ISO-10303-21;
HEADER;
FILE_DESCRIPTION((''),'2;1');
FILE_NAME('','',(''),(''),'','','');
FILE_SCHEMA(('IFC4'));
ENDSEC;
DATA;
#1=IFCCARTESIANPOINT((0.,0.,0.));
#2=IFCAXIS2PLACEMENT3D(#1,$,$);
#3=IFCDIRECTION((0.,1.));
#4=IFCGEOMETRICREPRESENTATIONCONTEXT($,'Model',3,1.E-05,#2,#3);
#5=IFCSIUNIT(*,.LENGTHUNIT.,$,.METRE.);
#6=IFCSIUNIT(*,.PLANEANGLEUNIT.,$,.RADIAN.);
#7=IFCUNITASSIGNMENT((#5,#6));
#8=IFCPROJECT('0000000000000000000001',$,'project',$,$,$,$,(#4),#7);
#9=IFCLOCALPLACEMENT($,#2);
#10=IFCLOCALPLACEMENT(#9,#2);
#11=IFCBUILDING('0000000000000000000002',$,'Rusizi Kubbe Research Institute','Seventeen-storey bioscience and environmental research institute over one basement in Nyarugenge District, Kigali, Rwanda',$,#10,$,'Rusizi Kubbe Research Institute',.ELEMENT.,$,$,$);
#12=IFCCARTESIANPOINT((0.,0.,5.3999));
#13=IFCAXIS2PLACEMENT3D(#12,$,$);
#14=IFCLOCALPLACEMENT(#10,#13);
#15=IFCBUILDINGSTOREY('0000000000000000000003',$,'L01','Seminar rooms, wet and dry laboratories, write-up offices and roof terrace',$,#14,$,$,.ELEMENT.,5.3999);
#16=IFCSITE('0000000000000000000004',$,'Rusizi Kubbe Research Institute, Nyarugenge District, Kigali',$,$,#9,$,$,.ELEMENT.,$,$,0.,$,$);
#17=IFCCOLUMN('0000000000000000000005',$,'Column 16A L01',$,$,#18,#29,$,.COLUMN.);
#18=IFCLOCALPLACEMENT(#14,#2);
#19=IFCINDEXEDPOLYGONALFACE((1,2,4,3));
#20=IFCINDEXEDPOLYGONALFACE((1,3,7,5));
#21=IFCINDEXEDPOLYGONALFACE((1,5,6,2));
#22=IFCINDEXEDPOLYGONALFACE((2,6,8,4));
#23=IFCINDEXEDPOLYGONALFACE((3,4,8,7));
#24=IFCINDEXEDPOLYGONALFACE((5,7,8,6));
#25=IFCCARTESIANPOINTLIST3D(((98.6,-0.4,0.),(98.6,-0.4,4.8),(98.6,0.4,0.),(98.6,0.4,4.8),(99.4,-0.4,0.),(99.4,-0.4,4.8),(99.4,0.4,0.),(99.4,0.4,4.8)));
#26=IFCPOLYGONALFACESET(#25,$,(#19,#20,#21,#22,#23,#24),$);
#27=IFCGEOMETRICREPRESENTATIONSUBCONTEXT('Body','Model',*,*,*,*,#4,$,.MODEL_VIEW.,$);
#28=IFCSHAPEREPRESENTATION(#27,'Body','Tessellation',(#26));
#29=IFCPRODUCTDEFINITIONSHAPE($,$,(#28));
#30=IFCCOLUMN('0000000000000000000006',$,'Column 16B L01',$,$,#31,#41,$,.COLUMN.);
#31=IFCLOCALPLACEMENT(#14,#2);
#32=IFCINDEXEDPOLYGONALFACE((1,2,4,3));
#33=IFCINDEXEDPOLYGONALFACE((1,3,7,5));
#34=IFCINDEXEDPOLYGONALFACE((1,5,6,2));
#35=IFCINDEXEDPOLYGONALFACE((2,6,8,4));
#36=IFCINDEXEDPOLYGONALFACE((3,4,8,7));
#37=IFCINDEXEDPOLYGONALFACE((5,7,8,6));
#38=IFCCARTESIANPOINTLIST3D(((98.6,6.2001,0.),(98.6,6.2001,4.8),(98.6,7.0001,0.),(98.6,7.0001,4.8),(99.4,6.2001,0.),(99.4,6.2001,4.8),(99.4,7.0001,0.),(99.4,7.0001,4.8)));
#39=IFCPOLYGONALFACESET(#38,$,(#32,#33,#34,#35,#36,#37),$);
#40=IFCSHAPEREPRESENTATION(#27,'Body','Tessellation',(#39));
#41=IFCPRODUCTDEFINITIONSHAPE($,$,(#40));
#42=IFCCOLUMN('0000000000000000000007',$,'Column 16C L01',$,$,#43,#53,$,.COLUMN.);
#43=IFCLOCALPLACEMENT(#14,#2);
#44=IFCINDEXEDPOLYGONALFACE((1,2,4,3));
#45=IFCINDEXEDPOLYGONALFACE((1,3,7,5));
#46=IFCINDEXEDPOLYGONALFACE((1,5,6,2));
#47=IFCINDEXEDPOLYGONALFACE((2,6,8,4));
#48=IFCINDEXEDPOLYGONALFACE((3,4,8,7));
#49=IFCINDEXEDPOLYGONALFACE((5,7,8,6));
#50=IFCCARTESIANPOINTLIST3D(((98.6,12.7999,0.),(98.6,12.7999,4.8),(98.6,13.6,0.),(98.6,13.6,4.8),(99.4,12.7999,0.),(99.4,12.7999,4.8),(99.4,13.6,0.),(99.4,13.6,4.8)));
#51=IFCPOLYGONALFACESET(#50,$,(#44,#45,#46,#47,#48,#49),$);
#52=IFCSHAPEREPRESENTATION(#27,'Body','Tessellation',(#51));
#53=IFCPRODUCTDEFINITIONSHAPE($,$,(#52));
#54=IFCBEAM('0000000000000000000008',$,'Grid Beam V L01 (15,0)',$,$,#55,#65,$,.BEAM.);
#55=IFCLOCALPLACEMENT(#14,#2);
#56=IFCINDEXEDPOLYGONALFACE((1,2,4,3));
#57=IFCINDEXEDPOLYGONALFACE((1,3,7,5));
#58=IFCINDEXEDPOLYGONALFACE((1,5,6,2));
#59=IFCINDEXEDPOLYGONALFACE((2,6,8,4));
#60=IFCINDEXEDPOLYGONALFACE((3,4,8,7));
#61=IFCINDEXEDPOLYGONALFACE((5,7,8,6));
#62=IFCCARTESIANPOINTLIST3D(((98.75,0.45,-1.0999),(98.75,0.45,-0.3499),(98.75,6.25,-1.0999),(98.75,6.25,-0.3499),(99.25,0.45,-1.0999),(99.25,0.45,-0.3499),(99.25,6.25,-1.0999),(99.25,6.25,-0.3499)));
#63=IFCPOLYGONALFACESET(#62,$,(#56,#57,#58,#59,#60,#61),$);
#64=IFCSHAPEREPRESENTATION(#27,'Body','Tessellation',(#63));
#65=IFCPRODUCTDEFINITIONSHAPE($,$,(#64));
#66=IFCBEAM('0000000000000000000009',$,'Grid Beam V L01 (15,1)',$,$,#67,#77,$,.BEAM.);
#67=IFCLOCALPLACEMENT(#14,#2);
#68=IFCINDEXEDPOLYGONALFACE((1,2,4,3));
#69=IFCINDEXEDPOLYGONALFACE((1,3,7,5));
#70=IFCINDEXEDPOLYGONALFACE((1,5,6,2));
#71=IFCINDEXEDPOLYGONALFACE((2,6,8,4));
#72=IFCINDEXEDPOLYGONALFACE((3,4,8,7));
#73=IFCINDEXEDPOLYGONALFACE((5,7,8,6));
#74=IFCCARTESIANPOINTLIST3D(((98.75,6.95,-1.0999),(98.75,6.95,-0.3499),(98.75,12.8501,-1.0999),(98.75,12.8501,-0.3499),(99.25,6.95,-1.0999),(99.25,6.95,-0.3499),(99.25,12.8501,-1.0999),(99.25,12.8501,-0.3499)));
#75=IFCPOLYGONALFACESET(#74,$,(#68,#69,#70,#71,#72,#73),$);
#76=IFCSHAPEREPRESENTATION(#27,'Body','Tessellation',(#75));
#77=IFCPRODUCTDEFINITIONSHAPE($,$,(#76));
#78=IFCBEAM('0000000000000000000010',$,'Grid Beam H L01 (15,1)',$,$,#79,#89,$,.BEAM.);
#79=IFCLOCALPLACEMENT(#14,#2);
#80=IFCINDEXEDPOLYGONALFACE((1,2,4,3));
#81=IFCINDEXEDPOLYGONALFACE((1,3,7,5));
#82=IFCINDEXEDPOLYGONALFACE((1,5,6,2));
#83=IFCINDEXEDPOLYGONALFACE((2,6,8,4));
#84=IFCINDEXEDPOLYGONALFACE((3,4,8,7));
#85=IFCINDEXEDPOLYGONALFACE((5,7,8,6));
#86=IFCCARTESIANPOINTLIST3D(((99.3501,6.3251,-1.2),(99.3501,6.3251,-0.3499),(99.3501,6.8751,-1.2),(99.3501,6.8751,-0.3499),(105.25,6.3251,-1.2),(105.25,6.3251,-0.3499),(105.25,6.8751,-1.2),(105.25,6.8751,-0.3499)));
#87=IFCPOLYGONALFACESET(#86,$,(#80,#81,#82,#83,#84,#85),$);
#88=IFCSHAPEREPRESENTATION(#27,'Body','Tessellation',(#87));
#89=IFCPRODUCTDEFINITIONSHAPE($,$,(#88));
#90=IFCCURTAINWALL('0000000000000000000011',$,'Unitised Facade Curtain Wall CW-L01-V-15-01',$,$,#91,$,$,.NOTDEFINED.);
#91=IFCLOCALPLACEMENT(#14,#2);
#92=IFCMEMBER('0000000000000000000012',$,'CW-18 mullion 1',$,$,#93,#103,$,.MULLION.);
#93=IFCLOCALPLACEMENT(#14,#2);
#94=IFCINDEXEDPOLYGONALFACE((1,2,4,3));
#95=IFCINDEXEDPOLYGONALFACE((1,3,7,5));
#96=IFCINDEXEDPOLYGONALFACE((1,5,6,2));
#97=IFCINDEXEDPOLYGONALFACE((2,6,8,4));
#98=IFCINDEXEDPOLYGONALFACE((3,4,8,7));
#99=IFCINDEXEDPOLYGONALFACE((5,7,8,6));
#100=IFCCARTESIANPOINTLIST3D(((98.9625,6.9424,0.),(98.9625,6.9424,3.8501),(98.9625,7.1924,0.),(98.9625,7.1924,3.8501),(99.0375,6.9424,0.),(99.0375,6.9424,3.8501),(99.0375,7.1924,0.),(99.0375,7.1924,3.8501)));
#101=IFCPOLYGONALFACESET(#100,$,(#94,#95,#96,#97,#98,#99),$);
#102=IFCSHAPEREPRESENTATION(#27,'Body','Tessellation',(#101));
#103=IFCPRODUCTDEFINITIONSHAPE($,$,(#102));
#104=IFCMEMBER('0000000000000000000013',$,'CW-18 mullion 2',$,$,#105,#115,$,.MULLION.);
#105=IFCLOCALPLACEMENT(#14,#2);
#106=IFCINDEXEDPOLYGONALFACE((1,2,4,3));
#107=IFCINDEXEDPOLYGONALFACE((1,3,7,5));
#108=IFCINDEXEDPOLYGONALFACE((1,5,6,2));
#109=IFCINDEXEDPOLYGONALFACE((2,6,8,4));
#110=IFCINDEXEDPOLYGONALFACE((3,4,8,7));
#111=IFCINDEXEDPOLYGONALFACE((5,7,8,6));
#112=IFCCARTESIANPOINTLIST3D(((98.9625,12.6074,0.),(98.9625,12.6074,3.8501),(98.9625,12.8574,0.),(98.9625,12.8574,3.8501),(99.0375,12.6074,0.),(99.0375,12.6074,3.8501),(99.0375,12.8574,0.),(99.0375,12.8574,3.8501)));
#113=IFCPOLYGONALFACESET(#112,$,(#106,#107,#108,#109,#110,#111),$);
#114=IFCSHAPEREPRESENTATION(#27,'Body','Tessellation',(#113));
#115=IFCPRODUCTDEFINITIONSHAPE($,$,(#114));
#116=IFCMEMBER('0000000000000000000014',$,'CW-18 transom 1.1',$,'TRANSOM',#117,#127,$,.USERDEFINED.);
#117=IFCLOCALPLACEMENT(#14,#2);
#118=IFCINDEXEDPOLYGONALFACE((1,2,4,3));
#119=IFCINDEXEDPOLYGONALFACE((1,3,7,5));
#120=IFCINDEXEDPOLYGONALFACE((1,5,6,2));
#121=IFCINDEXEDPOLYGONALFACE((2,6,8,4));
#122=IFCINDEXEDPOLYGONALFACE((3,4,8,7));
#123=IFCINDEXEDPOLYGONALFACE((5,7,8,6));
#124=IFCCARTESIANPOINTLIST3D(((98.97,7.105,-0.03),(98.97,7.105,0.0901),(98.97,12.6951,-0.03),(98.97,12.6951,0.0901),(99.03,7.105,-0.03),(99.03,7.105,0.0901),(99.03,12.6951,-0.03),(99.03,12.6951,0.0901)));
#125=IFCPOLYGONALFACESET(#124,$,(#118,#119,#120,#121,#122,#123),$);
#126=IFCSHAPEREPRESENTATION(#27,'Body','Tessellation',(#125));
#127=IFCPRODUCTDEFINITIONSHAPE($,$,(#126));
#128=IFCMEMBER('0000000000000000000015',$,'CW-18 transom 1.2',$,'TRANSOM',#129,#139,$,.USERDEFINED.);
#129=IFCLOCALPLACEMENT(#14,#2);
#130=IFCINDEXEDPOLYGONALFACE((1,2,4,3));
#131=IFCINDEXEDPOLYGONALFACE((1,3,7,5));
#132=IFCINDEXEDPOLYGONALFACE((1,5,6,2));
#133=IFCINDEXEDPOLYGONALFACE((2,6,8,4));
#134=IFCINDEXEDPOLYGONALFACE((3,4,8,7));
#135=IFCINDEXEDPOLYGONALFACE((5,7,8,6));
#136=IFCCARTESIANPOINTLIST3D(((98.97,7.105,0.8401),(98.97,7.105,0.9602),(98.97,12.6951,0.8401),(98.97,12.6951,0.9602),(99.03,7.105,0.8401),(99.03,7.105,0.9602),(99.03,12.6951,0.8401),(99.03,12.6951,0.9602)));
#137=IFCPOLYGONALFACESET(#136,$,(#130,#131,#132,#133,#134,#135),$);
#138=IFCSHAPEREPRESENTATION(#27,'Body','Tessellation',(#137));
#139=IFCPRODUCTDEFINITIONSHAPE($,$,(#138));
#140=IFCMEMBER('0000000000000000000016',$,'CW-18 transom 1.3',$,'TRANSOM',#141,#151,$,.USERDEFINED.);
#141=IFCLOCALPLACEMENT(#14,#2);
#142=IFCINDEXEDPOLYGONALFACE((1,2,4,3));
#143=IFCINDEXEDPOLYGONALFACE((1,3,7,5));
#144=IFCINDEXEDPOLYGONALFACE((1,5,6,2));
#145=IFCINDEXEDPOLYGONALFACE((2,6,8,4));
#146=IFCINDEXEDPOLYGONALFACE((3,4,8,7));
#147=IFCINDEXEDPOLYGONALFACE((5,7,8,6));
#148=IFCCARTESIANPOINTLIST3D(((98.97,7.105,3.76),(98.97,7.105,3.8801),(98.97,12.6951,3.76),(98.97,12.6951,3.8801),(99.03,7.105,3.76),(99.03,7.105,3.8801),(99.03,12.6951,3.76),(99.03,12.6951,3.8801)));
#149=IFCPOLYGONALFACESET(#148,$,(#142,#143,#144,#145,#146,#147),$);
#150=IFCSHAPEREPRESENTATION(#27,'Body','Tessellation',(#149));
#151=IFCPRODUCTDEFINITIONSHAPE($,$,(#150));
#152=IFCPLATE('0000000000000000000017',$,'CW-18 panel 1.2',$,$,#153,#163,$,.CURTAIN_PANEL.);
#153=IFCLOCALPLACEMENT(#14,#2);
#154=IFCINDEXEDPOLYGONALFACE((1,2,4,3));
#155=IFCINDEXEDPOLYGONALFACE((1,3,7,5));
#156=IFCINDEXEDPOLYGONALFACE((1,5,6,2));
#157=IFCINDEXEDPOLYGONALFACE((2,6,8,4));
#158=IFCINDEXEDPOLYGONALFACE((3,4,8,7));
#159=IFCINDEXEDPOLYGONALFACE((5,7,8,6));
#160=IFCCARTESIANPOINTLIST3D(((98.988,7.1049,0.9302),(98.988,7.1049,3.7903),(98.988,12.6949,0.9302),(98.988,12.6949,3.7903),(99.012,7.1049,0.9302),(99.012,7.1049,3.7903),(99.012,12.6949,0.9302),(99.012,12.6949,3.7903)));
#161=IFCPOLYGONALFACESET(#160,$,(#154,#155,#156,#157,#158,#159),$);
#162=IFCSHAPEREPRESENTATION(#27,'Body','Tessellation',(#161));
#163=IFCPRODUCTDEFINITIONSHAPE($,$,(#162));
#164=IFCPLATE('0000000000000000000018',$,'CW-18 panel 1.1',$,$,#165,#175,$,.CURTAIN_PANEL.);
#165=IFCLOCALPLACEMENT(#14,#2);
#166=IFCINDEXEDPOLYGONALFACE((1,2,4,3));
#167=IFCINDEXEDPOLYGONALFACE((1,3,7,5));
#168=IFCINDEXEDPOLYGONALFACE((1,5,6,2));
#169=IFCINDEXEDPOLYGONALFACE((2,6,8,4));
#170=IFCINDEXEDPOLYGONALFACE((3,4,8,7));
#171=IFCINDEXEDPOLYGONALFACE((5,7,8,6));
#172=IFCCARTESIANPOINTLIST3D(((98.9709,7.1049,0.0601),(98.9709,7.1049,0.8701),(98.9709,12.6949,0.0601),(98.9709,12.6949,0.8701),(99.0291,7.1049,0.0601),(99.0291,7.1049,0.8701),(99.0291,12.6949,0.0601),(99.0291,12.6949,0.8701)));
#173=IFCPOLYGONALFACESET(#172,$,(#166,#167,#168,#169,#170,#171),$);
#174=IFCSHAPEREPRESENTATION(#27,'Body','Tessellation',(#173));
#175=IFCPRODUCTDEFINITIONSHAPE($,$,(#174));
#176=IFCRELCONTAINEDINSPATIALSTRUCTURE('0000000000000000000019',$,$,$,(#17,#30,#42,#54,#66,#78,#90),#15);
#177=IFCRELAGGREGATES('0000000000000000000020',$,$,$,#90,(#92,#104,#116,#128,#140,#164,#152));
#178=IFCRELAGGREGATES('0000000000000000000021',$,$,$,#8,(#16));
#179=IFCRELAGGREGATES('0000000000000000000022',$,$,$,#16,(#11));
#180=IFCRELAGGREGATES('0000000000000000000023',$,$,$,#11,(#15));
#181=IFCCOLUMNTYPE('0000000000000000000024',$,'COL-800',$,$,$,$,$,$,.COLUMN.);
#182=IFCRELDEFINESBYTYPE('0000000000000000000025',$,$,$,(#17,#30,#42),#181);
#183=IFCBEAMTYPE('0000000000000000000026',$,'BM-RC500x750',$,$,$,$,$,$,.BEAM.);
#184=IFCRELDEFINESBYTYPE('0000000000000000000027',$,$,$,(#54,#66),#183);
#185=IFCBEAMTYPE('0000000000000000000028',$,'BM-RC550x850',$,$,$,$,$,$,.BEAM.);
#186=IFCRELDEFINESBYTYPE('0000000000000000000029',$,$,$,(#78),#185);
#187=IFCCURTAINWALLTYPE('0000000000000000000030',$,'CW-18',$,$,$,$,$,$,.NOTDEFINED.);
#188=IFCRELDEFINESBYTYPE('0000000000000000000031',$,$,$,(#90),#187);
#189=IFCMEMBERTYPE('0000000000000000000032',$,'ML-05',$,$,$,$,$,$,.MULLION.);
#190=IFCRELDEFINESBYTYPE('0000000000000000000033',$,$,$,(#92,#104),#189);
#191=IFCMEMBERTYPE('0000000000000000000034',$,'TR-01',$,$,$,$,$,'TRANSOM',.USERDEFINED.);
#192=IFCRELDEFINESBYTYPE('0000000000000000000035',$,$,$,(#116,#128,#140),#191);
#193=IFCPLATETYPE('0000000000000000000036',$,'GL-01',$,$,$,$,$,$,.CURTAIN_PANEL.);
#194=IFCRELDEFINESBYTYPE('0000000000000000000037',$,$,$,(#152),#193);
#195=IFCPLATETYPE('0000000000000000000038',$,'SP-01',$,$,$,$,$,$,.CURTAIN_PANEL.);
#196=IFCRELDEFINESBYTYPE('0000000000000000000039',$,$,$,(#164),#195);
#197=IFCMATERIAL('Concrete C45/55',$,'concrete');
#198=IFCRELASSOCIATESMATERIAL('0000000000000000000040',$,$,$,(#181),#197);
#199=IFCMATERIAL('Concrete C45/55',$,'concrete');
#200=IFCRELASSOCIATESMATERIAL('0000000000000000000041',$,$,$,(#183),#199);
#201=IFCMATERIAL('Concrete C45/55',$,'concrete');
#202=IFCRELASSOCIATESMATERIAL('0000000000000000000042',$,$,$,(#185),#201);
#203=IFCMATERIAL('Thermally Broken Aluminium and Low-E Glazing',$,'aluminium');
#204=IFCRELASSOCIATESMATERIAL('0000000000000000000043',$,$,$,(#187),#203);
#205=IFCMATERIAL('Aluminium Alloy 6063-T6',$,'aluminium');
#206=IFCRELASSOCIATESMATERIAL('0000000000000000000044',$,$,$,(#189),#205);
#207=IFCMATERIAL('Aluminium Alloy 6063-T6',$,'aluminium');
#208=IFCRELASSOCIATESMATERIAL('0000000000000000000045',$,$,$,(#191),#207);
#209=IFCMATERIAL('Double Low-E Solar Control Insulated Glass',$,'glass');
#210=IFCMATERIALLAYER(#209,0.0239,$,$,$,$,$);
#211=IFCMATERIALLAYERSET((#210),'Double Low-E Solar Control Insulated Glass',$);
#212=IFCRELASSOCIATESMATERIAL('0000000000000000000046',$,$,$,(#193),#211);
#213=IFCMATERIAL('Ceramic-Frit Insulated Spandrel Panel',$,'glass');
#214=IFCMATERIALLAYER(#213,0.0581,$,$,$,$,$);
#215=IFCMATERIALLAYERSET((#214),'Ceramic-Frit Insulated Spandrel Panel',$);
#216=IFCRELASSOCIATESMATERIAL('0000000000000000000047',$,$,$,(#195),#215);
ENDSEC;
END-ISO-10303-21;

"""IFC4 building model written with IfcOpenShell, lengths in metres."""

from ifc_helpers import new_model, si_unit, direction, frame, origin, origin_2d, place, context, subcontext, project, spatial, rectangle, extrude, material, layer, layer_set, material_profile, profile_set, type_object, element, aggregate, save


model = new_model("IFC4")

# Units and contexts
model_context = context("Model", 3, precision=1e-05, world=origin(), true_north=direction((0.0, 1.0)))
body_context = subcontext(model_context, "Body", "Model", "MODEL_VIEW")
ifc_project = project(units=[si_unit("LENGTHUNIT", "METRE"), si_unit("PLANEANGLEUNIT", "RADIAN")], contexts=[model_context])

# Site, building, storey
site_placement = place(None, origin())
site = spatial("IfcSite", under=ifc_project, at=site_placement, Name="Rusizi Kubbe Research Institute, Nyarugenge District, Kigali", CompositionType="ELEMENT", RefElevation=0.0)
building_placement = place(site_placement, origin())
building = spatial("IfcBuilding", under=site, at=building_placement, Name="Rusizi Kubbe Research Institute", Description="Seventeen-storey bioscience and environmental research institute over one basement in Nyarugenge District, Kigali, Rwanda", LongName="Rusizi Kubbe Research Institute", CompositionType="ELEMENT")
storey_placement = place(building_placement, frame((0.0, 0.0, 5.3999)))
storey = spatial("IfcBuildingStorey", under=building, at=storey_placement, Name="L01", Description="Seminar rooms, wet and dry laboratories, write-up offices and roof terrace", CompositionType="ELEMENT", Elevation=5.3999)

# Columns
ifc_material_1 = material(Name="Concrete C45/55", Category="concrete")
ifc_material_profile_1 = material_profile(ifc_material_1, rectangle(XDim=0.8, YDim=0.8, at=origin_2d()), Name="RC800x800")
ifc_profile_set_1 = profile_set([ifc_material_profile_1], Name="Concrete C45/55")
column_type = type_object("IfcColumnType", Name="COL-800", PredefinedType="COLUMN", material=ifc_profile_set_1)
for number, where, z_axis, x_axis, name in (
    (1, (99.0, 0.0, 0.0), (0.0, 0.0, 1.0), (1.0, 0.0, 0.0), "Column 16A L01"),
    (2, (99.0, 6.6001, 0.0), (0.0, 0.0, 1.0), (1.0, 0.0, 0.0), "Column 16B L01"),
    (3, (99.0, 13.2, 0.0), (0.0, 0.0, 1.0), (1.0, 0.0, 0.0), "Column 16C L01"),
):
    element("IfcColumn", number, at=place(storey_placement, frame(where, z_axis=z_axis, x_axis=x_axis)), inside=storey, type_object=column_type, Name=name, PredefinedType="COLUMN", context=body_context, shape_type="SweptSolid", body=[
        extrude(rectangle(XDim=0.8, YDim=0.8, at=origin_2d()), origin(), (0.0, 0.0, 1.0), 4.8),
    ])

# Beams
ifc_material_2 = material(Name="Concrete C45/55", Category="concrete")
ifc_material_profile_2 = material_profile(ifc_material_2, rectangle(XDim=0.5, YDim=0.75, at=origin_2d()), Name="RC500x750B")
ifc_profile_set_2 = profile_set([ifc_material_profile_2], Name="Concrete C45/55")
beam_type_1 = type_object("IfcBeamType", Name="BM-RC500x750", PredefinedType="BEAM", material=ifc_profile_set_2)
beam_1_placement = place(storey_placement, frame((99.0, 0.45, -0.7249), z_axis=(0.0, 1.0, 0.0), x_axis=(-1.0, 0.0, 0.0)))
element("IfcBeam", 4, at=beam_1_placement, inside=storey, type_object=beam_type_1, Name="Grid Beam V L01 (15,0)", PredefinedType="BEAM", context=body_context, shape_type="SweptSolid", body=[
    extrude(rectangle(XDim=0.5, YDim=0.75, at=origin_2d()), origin(), (0.0, 0.0, 1.0), 5.8),
])
beam_2_placement = place(storey_placement, frame((99.0, 6.95, -0.7249), z_axis=(0.0, 1.0, 0.0), x_axis=(-1.0, 0.0, 0.0)))
element("IfcBeam", 5, at=beam_2_placement, inside=storey, type_object=beam_type_1, Name="Grid Beam V L01 (15,1)", PredefinedType="BEAM", context=body_context, shape_type="SweptSolid", body=[
    extrude(rectangle(XDim=0.5, YDim=0.75, at=origin_2d()), origin(), (0.0, 0.0, 1.0), 5.9001),
])
ifc_material_3 = material(Name="Concrete C45/55", Category="concrete")
ifc_material_profile_3 = material_profile(ifc_material_3, rectangle(XDim=0.55, YDim=0.8501, at=origin_2d()), Name="RC550x850")
ifc_profile_set_3 = profile_set([ifc_material_profile_3], Name="Concrete C45/55")
beam_type_2 = type_object("IfcBeamType", Name="BM-RC550x850", PredefinedType="BEAM", material=ifc_profile_set_3)
beam_3_placement = place(storey_placement, frame((99.3501, 6.6001, -0.7749), z_axis=(1.0, 0.0, 0.0), x_axis=(0.0, 1.0, 0.0)))
element("IfcBeam", 6, at=beam_3_placement, inside=storey, type_object=beam_type_2, Name="Grid Beam H L01 (15,1)", PredefinedType="BEAM", context=body_context, shape_type="SweptSolid", body=[
    extrude(rectangle(XDim=0.55, YDim=0.8501, at=origin_2d()), origin(), (0.0, 0.0, 1.0), 5.8999),
])

# Curtain wall, members, plates
ifc_material_4 = material(Name="Thermally Broken Aluminium and Low-E Glazing", Category="aluminium")
curtain_wall_type = type_object("IfcCurtainWallType", Name="CW-18", PredefinedType="NOTDEFINED", material=ifc_material_4)
curtain_wall_placement = place(storey_placement, origin())
curtain_wall = element("IfcCurtainWall", 7, at=curtain_wall_placement, inside=storey, type_object=curtain_wall_type, Name="Unitised Facade Curtain Wall CW-L01-V-15-01", PredefinedType="NOTDEFINED")
ifc_material_5 = material(Name="Aluminium Alloy 6063-T6", Category="aluminium")
ifc_material_profile_4 = material_profile(ifc_material_5, rectangle(XDim=0.075, YDim=0.25, at=origin_2d()), Name="ALU-M 75x250")
ifc_profile_set_4 = profile_set([ifc_material_profile_4], Name="Aluminium Alloy 6063-T6")
member_type_1 = type_object("IfcMemberType", Name="ML-05", PredefinedType="MULLION", material=ifc_profile_set_4)
member_1_placement = place(storey_placement, frame((99.0, 7.0674, 0.0), z_axis=(0.0, 0.0, 1.0), x_axis=(-1.0, 0.0, 0.0)))
member_1 = element("IfcMember", 8, at=member_1_placement, type_object=member_type_1, Name="CW-18 mullion 1", PredefinedType="MULLION", context=body_context, shape_type="SweptSolid", body=[
    extrude(rectangle(XDim=0.075, YDim=0.25, at=origin_2d()), origin(), (0.0, 0.0, 1.0), 3.8501),
])
member_2_placement = place(storey_placement, frame((99.0, 12.7324, 0.0), z_axis=(0.0, 0.0, 1.0), x_axis=(-1.0, 0.0, 0.0)))
member_2 = element("IfcMember", 9, at=member_2_placement, type_object=member_type_1, Name="CW-18 mullion 2", PredefinedType="MULLION", context=body_context, shape_type="SweptSolid", body=[
    extrude(rectangle(XDim=0.075, YDim=0.25, at=origin_2d()), origin(), (0.0, 0.0, 1.0), 3.8501),
])
ifc_material_6 = material(Name="Aluminium Alloy 6063-T6", Category="aluminium")
ifc_material_profile_5 = material_profile(ifc_material_6, rectangle(XDim=0.0601, YDim=0.1201, at=origin_2d()), Name="ALU-T 60x120")
ifc_profile_set_5 = profile_set([ifc_material_profile_5], Name="Aluminium Alloy 6063-T6")
member_type_2 = type_object("IfcMemberType", Name="TR-01", ElementType="TRANSOM", PredefinedType="USERDEFINED", material=ifc_profile_set_5)
member_3_placement = place(storey_placement, frame((99.0, 7.105, 0.03), z_axis=(0.0, 1.0, 0.0), x_axis=(-1.0, 0.0, 0.0)))
member_3 = element("IfcMember", 10, at=member_3_placement, type_object=member_type_2, Name="CW-18 transom 1.1", ObjectType="TRANSOM", PredefinedType="USERDEFINED", context=body_context, shape_type="SweptSolid", body=[
    extrude(rectangle(XDim=0.0601, YDim=0.1201, at=origin_2d()), origin(), (0.0, 0.0, 1.0), 5.5901),
])
member_4_placement = place(storey_placement, frame((99.0, 7.105, 0.9001), z_axis=(0.0, 1.0, 0.0), x_axis=(-1.0, 0.0, 0.0)))
member_4 = element("IfcMember", 11, at=member_4_placement, type_object=member_type_2, Name="CW-18 transom 1.2", ObjectType="TRANSOM", PredefinedType="USERDEFINED", context=body_context, shape_type="SweptSolid", body=[
    extrude(rectangle(XDim=0.0601, YDim=0.1201, at=origin_2d()), origin(), (0.0, 0.0, 1.0), 5.5901),
])
member_5_placement = place(storey_placement, frame((99.0, 7.105, 3.8201), z_axis=(0.0, 1.0, 0.0), x_axis=(-1.0, 0.0, 0.0)))
member_5 = element("IfcMember", 12, at=member_5_placement, type_object=member_type_2, Name="CW-18 transom 1.3", ObjectType="TRANSOM", PredefinedType="USERDEFINED", context=body_context, shape_type="SweptSolid", body=[
    extrude(rectangle(XDim=0.0601, YDim=0.1201, at=origin_2d()), origin(), (0.0, 0.0, 1.0), 5.5901),
])
ifc_material_7 = material(Name="Double Low-E Solar Control Insulated Glass", Category="glass")
ifc_layer_1 = layer(ifc_material_7, 0.0239)
ifc_layer_set_1 = layer_set([ifc_layer_1], Name="Double Low-E Solar Control Insulated Glass")
plate_type_1 = type_object("IfcPlateType", Name="GL-01", PredefinedType="CURTAIN_PANEL", material=ifc_layer_set_1)
plate_1_placement = place(storey_placement, frame((99.0, 9.8999, 0.9302), z_axis=(0.0, 0.0, 1.0), x_axis=(0.0, 1.0, 0.0)))
plate_1 = element("IfcPlate", 13, at=plate_1_placement, type_object=plate_type_1, Name="CW-18 panel 1.2", PredefinedType="CURTAIN_PANEL", context=body_context, shape_type="SweptSolid", body=[
    extrude(rectangle(XDim=5.5901, YDim=0.0239, at=origin_2d()), origin(), (0.0, 0.0, 1.0), 2.8601),
])
ifc_material_8 = material(Name="Ceramic-Frit Insulated Spandrel Panel", Category="glass")
ifc_layer_2 = layer(ifc_material_8, 0.0581)
ifc_layer_set_2 = layer_set([ifc_layer_2], Name="Ceramic-Frit Insulated Spandrel Panel")
plate_type_2 = type_object("IfcPlateType", Name="SP-01", PredefinedType="CURTAIN_PANEL", material=ifc_layer_set_2)
plate_2_placement = place(storey_placement, frame((99.0, 9.8999, 0.0601), z_axis=(0.0, 0.0, 1.0), x_axis=(0.0, 1.0, 0.0)))
plate_2 = element("IfcPlate", 14, at=plate_2_placement, type_object=plate_type_2, Name="CW-18 panel 1.1", PredefinedType="CURTAIN_PANEL", context=body_context, shape_type="SweptSolid", body=[
    extrude(rectangle(XDim=5.5901, YDim=0.0581, at=origin_2d()), origin(), (0.0, 0.0, 1.0), 0.8101),
])
aggregate(curtain_wall, [member_1, member_2, member_3, member_4, member_5, plate_2, plate_1])

save(model, "model.ifc")
